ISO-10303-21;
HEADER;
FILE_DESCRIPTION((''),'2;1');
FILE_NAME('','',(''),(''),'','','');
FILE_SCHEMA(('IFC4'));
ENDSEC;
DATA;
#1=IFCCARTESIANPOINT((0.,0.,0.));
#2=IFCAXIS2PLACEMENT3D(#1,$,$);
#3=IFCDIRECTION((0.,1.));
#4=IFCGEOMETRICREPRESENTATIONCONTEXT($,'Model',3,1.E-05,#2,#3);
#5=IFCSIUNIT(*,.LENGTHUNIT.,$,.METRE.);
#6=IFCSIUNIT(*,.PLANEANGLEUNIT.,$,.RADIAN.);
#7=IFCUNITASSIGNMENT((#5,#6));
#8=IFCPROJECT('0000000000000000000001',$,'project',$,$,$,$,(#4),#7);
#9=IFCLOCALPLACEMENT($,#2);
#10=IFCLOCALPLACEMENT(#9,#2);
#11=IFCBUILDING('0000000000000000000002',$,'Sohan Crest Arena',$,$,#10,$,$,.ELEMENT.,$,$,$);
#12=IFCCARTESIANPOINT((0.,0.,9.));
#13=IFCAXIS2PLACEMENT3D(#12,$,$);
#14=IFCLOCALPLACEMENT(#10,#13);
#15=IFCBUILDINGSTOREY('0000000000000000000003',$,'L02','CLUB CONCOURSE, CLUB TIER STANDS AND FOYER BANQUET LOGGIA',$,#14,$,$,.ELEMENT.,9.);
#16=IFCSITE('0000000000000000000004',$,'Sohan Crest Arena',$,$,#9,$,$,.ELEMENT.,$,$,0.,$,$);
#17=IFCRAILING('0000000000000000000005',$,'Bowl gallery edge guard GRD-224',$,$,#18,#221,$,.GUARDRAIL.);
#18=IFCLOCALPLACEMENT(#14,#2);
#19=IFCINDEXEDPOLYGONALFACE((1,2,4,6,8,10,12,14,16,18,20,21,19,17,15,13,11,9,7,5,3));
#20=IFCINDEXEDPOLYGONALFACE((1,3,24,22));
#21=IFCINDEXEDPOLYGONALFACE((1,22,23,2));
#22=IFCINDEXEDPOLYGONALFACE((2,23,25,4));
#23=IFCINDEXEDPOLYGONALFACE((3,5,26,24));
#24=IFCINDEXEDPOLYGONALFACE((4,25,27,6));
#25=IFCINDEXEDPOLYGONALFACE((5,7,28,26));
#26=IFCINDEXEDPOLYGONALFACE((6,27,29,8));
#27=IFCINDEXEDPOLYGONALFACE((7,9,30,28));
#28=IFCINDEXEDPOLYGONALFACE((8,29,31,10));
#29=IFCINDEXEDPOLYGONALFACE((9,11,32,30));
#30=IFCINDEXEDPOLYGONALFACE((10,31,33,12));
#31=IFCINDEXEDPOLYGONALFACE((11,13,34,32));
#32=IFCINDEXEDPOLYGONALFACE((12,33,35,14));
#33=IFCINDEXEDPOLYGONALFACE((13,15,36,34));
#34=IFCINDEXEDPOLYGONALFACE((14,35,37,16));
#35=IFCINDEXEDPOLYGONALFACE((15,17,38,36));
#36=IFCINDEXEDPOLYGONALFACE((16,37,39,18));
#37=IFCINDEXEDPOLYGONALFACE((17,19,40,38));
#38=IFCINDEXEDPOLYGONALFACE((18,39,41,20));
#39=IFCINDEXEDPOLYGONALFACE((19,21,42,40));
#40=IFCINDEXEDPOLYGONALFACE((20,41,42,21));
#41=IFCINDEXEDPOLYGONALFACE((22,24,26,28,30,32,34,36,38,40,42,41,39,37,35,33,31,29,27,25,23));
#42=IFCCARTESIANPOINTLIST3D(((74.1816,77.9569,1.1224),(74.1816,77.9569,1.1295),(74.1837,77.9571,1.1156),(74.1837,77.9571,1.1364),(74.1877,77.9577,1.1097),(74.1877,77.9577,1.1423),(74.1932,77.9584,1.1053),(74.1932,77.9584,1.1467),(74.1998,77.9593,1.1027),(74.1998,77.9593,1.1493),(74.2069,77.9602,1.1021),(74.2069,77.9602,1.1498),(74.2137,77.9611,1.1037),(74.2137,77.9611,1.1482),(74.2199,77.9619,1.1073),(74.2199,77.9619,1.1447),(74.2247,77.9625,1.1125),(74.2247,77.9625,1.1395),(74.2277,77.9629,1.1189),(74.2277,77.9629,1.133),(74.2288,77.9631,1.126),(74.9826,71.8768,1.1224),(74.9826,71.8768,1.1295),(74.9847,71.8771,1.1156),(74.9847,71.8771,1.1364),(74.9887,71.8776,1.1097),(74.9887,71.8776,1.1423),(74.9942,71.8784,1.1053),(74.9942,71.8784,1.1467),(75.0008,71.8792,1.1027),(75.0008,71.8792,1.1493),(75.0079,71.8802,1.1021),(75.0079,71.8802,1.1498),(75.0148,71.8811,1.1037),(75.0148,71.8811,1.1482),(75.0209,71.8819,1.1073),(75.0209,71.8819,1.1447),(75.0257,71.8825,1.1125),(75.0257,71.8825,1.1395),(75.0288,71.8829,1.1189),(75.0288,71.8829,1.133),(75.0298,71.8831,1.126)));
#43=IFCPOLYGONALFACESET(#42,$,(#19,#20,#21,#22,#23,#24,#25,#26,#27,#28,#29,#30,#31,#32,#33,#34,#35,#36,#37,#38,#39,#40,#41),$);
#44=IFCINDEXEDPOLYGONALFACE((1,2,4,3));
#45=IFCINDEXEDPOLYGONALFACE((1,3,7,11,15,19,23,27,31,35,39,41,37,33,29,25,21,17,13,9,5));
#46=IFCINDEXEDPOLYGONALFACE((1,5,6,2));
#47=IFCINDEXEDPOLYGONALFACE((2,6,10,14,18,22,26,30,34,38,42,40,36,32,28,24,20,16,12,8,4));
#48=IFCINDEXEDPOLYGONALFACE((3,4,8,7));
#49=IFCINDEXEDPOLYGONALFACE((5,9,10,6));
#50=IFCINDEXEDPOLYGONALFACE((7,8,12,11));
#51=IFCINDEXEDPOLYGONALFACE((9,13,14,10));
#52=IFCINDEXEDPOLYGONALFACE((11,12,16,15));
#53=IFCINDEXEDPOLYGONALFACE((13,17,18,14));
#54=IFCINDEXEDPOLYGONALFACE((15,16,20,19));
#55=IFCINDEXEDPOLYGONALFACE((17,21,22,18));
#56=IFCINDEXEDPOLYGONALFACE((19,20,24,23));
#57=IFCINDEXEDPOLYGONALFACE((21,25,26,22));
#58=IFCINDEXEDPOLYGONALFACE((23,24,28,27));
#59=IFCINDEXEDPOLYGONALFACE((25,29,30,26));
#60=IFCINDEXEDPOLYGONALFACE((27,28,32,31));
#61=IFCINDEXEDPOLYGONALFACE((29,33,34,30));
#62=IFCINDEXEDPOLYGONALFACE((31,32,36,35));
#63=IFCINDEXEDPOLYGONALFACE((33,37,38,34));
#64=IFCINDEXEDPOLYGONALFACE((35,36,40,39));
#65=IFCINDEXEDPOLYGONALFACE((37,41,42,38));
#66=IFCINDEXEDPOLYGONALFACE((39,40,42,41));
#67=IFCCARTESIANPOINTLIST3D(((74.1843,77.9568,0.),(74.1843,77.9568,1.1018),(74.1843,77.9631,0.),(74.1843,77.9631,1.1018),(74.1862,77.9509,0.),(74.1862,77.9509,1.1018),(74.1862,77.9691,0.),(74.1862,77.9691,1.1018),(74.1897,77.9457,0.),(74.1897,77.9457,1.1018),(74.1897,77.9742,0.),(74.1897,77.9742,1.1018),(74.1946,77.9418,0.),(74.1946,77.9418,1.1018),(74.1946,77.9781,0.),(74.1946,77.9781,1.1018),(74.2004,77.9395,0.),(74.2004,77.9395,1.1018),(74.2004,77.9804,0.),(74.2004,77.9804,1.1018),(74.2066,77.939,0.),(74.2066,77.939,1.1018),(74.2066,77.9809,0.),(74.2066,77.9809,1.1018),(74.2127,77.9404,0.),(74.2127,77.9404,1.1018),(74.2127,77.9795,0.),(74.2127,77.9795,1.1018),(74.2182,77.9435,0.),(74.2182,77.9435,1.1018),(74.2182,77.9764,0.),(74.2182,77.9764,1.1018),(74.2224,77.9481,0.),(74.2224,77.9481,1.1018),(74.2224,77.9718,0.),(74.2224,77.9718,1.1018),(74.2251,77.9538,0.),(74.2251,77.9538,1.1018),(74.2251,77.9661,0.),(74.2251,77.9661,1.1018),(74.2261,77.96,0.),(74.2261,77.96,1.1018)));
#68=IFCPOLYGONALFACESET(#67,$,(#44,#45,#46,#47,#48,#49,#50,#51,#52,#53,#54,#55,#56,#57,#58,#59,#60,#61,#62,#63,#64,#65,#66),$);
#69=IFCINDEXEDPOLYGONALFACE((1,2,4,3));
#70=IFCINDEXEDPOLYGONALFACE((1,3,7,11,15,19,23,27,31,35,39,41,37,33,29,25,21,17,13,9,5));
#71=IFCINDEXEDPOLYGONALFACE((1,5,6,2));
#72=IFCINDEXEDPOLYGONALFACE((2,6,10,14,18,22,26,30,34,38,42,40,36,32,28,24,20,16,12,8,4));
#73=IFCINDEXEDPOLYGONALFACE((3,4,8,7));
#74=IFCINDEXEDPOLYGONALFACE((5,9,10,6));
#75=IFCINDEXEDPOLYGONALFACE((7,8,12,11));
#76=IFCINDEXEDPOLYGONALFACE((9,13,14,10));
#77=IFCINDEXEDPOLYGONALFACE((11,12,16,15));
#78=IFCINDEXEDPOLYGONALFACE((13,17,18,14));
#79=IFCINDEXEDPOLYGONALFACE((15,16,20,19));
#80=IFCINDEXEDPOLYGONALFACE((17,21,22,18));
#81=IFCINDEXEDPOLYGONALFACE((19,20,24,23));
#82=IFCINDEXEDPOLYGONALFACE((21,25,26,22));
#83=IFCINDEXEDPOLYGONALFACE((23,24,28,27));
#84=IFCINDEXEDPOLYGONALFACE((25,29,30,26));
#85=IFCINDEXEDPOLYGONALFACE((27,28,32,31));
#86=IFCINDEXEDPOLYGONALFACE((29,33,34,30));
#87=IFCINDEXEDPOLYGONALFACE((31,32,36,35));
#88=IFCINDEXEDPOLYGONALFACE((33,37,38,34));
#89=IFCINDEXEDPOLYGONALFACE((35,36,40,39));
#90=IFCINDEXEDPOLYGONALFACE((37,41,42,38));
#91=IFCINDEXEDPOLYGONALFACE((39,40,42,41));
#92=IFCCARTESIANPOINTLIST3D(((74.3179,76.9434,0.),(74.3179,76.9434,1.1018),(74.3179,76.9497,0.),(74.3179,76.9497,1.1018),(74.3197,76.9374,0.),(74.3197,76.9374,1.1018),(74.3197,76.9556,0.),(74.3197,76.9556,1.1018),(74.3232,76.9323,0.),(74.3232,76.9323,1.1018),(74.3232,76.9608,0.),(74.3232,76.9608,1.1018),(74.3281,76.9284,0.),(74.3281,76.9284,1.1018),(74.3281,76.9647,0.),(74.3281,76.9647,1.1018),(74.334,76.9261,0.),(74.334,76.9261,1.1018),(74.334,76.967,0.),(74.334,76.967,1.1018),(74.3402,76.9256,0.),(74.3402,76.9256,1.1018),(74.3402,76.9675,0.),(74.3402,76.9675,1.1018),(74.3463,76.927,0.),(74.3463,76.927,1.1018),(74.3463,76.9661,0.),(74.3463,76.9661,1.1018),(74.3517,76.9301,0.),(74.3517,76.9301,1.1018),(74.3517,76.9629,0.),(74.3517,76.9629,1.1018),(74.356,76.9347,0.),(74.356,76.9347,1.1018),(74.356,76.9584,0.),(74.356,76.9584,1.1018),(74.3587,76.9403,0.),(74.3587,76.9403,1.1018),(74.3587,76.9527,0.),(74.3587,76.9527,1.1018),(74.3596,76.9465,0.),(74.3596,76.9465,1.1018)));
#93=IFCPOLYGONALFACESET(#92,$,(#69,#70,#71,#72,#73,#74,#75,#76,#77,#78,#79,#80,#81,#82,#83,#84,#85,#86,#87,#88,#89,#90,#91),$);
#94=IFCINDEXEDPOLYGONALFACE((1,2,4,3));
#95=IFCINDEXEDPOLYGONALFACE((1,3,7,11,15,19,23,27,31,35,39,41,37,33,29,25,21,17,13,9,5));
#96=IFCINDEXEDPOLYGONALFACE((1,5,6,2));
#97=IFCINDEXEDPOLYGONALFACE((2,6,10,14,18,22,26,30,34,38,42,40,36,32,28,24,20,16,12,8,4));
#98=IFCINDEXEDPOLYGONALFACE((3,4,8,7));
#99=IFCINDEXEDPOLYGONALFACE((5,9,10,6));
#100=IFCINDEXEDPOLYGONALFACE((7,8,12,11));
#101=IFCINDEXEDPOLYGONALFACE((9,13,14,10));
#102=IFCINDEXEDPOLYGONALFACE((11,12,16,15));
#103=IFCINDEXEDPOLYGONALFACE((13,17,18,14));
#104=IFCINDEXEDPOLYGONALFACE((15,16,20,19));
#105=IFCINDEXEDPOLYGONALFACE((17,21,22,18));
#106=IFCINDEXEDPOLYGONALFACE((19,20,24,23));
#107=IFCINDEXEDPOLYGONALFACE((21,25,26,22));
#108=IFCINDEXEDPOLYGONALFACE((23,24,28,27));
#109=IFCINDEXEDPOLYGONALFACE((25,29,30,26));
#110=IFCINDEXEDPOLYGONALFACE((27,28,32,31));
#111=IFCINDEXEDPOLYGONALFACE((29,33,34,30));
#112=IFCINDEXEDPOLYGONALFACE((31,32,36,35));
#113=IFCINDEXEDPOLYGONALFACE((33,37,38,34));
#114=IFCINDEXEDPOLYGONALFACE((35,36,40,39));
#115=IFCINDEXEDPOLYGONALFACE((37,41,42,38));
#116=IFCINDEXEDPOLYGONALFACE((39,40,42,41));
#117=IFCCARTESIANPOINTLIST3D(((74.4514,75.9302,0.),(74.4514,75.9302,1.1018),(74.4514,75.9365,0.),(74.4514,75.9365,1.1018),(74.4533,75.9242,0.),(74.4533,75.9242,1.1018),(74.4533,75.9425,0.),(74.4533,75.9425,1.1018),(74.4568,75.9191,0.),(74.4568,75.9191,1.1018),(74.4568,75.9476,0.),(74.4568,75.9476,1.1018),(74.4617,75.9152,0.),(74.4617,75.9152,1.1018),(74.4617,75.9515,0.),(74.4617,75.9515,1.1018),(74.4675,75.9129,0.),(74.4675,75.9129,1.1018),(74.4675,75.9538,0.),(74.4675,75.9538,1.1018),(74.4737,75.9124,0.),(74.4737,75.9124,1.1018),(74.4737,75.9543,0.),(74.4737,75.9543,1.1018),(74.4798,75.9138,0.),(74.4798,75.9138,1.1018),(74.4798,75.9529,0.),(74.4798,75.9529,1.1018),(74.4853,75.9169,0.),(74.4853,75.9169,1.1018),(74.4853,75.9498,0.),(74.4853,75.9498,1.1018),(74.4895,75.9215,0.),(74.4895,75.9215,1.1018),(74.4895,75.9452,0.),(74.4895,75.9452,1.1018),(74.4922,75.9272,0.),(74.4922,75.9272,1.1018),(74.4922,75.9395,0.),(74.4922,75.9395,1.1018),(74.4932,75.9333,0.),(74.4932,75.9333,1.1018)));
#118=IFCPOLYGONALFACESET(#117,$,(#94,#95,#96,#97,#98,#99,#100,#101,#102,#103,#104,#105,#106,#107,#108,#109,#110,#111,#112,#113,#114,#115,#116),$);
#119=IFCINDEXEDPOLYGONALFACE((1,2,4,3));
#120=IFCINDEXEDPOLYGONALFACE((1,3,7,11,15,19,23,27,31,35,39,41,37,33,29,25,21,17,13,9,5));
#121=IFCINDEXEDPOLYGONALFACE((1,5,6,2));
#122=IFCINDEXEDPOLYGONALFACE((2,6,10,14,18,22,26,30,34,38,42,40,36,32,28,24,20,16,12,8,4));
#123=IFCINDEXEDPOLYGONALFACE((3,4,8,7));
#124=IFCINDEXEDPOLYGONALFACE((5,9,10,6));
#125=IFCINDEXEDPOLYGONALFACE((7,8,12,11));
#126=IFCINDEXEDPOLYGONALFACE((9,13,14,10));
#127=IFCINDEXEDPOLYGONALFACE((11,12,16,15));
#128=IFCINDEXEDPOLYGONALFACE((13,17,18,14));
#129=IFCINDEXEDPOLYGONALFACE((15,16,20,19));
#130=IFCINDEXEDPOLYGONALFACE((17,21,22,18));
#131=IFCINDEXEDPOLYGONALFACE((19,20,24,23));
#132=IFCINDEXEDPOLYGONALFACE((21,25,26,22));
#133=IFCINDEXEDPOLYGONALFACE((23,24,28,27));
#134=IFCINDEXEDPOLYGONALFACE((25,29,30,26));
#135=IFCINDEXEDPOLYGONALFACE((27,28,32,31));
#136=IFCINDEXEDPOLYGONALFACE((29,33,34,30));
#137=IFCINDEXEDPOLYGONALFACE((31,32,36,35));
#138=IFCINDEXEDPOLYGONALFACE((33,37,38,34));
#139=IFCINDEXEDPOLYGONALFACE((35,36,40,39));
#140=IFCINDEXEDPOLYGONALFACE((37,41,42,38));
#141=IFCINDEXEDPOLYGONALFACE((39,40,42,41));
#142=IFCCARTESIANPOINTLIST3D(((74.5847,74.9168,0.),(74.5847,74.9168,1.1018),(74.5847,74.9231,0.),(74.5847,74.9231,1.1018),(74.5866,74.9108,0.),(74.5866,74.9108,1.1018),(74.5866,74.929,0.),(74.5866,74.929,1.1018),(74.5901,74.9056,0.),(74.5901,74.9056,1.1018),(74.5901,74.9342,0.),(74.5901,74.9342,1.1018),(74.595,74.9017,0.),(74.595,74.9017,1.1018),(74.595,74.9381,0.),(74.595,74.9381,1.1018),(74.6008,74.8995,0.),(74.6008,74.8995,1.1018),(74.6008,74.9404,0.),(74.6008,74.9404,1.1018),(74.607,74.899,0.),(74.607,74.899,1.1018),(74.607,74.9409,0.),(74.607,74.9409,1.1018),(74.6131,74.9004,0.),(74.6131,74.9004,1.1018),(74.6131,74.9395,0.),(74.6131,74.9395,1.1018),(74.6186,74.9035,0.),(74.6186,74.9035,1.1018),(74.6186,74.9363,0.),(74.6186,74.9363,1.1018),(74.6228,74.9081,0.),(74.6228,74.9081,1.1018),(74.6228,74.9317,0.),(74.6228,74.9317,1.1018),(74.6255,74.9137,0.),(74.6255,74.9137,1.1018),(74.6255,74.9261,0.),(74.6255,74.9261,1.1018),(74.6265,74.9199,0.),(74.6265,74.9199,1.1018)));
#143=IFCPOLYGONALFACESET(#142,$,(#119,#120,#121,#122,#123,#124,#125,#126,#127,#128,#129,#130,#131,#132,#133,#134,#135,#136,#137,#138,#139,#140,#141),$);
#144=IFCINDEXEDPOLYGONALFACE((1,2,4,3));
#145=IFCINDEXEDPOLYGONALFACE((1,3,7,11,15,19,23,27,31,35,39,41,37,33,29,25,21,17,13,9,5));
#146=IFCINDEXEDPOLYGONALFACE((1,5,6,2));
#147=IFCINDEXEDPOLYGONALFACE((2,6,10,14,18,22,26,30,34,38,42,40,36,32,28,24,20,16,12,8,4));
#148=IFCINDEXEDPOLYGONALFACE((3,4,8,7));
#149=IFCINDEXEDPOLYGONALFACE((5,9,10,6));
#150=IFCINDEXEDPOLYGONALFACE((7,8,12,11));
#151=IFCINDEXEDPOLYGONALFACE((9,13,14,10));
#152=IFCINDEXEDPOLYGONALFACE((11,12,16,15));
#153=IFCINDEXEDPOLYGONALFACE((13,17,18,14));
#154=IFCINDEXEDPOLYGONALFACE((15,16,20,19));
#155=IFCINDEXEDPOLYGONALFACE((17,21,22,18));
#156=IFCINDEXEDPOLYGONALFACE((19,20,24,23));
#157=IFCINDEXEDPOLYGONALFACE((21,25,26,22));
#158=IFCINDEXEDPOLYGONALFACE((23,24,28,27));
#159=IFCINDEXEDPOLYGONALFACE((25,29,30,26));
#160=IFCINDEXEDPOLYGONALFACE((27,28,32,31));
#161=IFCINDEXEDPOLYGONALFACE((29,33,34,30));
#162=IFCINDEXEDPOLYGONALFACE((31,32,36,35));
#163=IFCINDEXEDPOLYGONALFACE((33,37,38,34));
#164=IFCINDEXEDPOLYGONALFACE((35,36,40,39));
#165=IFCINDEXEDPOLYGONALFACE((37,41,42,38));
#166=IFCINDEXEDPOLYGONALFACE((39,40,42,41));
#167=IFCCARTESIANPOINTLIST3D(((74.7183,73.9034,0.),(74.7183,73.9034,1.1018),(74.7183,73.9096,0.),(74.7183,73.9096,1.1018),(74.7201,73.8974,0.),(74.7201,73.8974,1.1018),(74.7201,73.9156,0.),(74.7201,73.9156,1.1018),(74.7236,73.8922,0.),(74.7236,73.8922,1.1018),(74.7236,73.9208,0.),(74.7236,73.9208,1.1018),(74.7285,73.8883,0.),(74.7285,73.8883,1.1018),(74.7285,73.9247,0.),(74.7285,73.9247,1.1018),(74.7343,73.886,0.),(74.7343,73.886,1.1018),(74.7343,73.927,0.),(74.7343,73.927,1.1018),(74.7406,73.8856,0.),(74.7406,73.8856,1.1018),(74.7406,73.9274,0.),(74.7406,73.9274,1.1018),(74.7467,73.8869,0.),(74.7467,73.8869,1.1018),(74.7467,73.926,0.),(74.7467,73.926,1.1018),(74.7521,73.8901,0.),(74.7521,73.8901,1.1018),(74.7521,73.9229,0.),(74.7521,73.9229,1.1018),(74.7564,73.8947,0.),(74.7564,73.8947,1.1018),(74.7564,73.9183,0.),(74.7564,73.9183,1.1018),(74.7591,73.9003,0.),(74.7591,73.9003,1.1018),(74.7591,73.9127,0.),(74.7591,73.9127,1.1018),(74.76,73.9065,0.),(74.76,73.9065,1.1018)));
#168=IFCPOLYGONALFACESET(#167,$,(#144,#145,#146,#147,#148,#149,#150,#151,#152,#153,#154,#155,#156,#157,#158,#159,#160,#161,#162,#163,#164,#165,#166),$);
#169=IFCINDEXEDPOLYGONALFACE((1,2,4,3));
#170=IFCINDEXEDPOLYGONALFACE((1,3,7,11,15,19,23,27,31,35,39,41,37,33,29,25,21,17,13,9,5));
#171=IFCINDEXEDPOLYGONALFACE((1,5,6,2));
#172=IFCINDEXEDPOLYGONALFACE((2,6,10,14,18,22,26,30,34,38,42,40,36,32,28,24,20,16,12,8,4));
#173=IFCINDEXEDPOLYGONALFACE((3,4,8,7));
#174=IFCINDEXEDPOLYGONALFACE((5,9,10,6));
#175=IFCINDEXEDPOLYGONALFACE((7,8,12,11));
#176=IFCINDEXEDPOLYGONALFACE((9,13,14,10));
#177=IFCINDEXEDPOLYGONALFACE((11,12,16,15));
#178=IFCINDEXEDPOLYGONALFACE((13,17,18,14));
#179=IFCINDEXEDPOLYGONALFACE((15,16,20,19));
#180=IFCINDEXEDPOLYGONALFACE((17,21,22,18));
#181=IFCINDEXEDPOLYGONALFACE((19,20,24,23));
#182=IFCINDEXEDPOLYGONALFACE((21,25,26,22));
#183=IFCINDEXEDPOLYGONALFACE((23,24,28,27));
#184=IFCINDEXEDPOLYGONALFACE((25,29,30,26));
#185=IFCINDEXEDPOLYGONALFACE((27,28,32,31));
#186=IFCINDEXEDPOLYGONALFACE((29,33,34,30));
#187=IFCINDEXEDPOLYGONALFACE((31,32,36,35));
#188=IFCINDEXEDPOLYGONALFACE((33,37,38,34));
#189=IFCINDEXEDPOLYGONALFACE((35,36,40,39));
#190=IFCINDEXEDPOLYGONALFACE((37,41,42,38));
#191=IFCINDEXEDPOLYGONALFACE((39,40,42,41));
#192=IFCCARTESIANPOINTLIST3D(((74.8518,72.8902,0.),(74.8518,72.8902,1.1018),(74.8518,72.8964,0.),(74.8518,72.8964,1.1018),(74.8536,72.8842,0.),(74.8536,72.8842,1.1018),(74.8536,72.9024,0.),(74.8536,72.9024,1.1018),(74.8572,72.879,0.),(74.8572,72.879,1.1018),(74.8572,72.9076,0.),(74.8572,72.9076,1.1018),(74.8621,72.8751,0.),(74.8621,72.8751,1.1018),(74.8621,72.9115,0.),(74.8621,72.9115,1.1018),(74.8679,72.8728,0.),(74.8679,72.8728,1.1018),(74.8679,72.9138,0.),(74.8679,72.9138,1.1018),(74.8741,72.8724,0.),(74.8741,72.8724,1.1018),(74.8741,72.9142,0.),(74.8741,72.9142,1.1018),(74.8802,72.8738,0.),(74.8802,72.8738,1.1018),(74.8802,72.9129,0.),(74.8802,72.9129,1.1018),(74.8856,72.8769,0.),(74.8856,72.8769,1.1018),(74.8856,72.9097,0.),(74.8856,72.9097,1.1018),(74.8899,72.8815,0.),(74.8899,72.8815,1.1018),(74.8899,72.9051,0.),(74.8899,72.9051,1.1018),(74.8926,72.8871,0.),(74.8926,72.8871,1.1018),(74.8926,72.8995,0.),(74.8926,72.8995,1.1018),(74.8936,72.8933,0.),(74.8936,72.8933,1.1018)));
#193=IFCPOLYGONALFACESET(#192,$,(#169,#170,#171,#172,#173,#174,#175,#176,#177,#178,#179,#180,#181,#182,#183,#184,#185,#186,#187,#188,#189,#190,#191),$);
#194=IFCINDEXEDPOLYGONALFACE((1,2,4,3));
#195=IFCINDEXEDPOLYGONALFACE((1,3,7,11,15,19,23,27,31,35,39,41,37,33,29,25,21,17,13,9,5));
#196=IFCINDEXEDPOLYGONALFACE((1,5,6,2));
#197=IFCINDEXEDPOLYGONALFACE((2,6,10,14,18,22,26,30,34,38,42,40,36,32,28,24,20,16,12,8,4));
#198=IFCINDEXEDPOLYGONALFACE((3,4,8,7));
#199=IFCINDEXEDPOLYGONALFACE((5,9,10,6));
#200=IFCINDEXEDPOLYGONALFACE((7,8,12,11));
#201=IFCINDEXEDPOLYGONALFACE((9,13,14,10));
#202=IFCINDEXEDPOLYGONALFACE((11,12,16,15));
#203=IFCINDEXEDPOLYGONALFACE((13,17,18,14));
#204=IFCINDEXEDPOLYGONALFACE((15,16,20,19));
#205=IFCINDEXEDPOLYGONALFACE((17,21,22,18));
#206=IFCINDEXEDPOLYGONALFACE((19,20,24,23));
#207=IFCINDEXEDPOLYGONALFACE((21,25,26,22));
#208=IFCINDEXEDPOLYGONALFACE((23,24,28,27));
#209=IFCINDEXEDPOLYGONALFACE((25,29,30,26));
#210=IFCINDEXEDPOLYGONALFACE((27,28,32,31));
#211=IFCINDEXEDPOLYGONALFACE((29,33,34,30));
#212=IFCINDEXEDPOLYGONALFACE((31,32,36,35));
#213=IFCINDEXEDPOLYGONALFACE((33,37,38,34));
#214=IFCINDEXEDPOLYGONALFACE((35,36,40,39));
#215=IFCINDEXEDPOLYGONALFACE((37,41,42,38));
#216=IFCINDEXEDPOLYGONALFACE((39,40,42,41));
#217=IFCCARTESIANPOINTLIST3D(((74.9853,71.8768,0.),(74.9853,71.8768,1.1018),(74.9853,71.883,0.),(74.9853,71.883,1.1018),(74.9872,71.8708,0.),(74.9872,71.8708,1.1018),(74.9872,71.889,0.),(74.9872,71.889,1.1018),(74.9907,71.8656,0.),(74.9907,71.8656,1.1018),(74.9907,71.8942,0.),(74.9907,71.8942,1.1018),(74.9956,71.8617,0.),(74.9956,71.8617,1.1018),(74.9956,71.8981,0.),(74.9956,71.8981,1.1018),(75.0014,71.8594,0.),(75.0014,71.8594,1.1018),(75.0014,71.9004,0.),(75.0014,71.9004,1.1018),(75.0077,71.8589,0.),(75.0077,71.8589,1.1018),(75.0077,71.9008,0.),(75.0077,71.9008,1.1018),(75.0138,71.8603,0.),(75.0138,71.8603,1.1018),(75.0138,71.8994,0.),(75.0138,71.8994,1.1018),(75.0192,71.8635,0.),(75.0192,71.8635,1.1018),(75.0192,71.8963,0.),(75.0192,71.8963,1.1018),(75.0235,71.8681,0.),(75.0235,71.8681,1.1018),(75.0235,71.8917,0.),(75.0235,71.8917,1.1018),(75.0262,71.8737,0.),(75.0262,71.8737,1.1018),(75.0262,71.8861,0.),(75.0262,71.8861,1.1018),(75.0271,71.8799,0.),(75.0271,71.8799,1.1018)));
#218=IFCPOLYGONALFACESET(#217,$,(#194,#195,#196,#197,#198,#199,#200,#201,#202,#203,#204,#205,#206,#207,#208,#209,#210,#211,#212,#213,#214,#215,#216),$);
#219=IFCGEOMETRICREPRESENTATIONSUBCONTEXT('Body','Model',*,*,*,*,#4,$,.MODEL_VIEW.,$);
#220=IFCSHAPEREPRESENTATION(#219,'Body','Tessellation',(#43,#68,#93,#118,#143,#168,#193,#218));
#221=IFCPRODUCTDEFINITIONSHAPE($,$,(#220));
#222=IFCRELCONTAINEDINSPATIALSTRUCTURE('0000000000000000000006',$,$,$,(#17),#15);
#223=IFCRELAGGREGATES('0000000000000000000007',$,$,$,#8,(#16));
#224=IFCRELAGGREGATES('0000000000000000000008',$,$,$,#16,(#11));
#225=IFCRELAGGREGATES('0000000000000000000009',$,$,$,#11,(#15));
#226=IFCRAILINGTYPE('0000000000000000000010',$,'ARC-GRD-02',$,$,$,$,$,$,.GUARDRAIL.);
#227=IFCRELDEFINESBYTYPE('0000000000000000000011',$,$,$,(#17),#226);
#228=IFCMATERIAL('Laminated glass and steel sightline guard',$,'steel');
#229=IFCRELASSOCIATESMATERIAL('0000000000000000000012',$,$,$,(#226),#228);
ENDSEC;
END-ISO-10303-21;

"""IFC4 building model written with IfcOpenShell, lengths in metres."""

from ifc_helpers import new_model, si_unit, direction, frame, origin, origin_2d, place, context, subcontext, project, spatial, circle, extrude, material, type_object, element, save


model = new_model("IFC4")

# Units and contexts
model_context = context("Model", 3, precision=1e-05, world=origin(), true_north=direction((0.0, 1.0)))
body_context = subcontext(model_context, "Body", "Model", "MODEL_VIEW")
ifc_project = project(units=[si_unit("LENGTHUNIT", "METRE"), si_unit("PLANEANGLEUNIT", "RADIAN")], contexts=[model_context])

# Site, building, storey
site_placement = place(None, origin())
site = spatial("IfcSite", under=ifc_project, at=site_placement, Name="Sohan Crest Arena", CompositionType="ELEMENT", RefElevation=0.0)
building_placement = place(site_placement, origin())
building = spatial("IfcBuilding", under=site, at=building_placement, Name="Sohan Crest Arena", CompositionType="ELEMENT")
storey_placement = place(building_placement, frame((0.0, 0.0, 9.0)))
storey = spatial("IfcBuildingStorey", under=building, at=storey_placement, Name="L02", Description="CLUB CONCOURSE, CLUB TIER STANDS AND FOYER BANQUET LOGGIA", CompositionType="ELEMENT", Elevation=9.0)

# Railing
ifc_material_1 = material(Name="Laminated glass and steel sightline guard", Category="steel")
railing_type_1 = type_object("IfcRailingType", Name="ARC-GRD-02", PredefinedType="GUARDRAIL", material=ifc_material_1)
railing_1_placement = place(storey_placement, frame((74.2051, 77.96, 0.0)))
element("IfcRailing", 1, at=railing_1_placement, inside=storey, type_object=railing_type_1, Name="Bowl gallery edge guard GRD-224", PredefinedType="GUARDRAIL", context=body_context, shape_type="SweptSolid", body=[
    extrude(circle(Radius=0.0239, at=origin_2d()), frame((0.0, 0.0, 1.126), z_axis=(0.130617, -0.991433, 0.0), x_axis=(0.991433, 0.130617, 0.0)), (0.0, 0.0, 1.0), 6.1326),
    extrude(circle(Radius=0.021, at=origin_2d()), origin(), (0.0, 0.0, 1.0), 1.1018),
    extrude(circle(Radius=0.021, at=origin_2d()), frame((0.1335, -1.0134, 0.0)), (0.0, 0.0, 1.0), 1.1018),
    extrude(circle(Radius=0.021, at=origin_2d()), frame((0.2671, -2.0266, 0.0)), (0.0, 0.0, 1.0), 1.1018),
    extrude(circle(Radius=0.021, at=origin_2d()), frame((0.4004, -3.04, 0.0)), (0.0, 0.0, 1.0), 1.1018),
    extrude(circle(Radius=0.021, at=origin_2d()), frame((0.5339, -4.0535, 0.0)), (0.0, 0.0, 1.0), 1.1018),
    extrude(circle(Radius=0.021, at=origin_2d()), frame((0.6675, -5.0667, 0.0)), (0.0, 0.0, 1.0), 1.1018),
    extrude(circle(Radius=0.021, at=origin_2d()), frame((0.801, -6.0801, 0.0)), (0.0, 0.0, 1.0), 1.1018),
])

save(model, "model.ifc")
